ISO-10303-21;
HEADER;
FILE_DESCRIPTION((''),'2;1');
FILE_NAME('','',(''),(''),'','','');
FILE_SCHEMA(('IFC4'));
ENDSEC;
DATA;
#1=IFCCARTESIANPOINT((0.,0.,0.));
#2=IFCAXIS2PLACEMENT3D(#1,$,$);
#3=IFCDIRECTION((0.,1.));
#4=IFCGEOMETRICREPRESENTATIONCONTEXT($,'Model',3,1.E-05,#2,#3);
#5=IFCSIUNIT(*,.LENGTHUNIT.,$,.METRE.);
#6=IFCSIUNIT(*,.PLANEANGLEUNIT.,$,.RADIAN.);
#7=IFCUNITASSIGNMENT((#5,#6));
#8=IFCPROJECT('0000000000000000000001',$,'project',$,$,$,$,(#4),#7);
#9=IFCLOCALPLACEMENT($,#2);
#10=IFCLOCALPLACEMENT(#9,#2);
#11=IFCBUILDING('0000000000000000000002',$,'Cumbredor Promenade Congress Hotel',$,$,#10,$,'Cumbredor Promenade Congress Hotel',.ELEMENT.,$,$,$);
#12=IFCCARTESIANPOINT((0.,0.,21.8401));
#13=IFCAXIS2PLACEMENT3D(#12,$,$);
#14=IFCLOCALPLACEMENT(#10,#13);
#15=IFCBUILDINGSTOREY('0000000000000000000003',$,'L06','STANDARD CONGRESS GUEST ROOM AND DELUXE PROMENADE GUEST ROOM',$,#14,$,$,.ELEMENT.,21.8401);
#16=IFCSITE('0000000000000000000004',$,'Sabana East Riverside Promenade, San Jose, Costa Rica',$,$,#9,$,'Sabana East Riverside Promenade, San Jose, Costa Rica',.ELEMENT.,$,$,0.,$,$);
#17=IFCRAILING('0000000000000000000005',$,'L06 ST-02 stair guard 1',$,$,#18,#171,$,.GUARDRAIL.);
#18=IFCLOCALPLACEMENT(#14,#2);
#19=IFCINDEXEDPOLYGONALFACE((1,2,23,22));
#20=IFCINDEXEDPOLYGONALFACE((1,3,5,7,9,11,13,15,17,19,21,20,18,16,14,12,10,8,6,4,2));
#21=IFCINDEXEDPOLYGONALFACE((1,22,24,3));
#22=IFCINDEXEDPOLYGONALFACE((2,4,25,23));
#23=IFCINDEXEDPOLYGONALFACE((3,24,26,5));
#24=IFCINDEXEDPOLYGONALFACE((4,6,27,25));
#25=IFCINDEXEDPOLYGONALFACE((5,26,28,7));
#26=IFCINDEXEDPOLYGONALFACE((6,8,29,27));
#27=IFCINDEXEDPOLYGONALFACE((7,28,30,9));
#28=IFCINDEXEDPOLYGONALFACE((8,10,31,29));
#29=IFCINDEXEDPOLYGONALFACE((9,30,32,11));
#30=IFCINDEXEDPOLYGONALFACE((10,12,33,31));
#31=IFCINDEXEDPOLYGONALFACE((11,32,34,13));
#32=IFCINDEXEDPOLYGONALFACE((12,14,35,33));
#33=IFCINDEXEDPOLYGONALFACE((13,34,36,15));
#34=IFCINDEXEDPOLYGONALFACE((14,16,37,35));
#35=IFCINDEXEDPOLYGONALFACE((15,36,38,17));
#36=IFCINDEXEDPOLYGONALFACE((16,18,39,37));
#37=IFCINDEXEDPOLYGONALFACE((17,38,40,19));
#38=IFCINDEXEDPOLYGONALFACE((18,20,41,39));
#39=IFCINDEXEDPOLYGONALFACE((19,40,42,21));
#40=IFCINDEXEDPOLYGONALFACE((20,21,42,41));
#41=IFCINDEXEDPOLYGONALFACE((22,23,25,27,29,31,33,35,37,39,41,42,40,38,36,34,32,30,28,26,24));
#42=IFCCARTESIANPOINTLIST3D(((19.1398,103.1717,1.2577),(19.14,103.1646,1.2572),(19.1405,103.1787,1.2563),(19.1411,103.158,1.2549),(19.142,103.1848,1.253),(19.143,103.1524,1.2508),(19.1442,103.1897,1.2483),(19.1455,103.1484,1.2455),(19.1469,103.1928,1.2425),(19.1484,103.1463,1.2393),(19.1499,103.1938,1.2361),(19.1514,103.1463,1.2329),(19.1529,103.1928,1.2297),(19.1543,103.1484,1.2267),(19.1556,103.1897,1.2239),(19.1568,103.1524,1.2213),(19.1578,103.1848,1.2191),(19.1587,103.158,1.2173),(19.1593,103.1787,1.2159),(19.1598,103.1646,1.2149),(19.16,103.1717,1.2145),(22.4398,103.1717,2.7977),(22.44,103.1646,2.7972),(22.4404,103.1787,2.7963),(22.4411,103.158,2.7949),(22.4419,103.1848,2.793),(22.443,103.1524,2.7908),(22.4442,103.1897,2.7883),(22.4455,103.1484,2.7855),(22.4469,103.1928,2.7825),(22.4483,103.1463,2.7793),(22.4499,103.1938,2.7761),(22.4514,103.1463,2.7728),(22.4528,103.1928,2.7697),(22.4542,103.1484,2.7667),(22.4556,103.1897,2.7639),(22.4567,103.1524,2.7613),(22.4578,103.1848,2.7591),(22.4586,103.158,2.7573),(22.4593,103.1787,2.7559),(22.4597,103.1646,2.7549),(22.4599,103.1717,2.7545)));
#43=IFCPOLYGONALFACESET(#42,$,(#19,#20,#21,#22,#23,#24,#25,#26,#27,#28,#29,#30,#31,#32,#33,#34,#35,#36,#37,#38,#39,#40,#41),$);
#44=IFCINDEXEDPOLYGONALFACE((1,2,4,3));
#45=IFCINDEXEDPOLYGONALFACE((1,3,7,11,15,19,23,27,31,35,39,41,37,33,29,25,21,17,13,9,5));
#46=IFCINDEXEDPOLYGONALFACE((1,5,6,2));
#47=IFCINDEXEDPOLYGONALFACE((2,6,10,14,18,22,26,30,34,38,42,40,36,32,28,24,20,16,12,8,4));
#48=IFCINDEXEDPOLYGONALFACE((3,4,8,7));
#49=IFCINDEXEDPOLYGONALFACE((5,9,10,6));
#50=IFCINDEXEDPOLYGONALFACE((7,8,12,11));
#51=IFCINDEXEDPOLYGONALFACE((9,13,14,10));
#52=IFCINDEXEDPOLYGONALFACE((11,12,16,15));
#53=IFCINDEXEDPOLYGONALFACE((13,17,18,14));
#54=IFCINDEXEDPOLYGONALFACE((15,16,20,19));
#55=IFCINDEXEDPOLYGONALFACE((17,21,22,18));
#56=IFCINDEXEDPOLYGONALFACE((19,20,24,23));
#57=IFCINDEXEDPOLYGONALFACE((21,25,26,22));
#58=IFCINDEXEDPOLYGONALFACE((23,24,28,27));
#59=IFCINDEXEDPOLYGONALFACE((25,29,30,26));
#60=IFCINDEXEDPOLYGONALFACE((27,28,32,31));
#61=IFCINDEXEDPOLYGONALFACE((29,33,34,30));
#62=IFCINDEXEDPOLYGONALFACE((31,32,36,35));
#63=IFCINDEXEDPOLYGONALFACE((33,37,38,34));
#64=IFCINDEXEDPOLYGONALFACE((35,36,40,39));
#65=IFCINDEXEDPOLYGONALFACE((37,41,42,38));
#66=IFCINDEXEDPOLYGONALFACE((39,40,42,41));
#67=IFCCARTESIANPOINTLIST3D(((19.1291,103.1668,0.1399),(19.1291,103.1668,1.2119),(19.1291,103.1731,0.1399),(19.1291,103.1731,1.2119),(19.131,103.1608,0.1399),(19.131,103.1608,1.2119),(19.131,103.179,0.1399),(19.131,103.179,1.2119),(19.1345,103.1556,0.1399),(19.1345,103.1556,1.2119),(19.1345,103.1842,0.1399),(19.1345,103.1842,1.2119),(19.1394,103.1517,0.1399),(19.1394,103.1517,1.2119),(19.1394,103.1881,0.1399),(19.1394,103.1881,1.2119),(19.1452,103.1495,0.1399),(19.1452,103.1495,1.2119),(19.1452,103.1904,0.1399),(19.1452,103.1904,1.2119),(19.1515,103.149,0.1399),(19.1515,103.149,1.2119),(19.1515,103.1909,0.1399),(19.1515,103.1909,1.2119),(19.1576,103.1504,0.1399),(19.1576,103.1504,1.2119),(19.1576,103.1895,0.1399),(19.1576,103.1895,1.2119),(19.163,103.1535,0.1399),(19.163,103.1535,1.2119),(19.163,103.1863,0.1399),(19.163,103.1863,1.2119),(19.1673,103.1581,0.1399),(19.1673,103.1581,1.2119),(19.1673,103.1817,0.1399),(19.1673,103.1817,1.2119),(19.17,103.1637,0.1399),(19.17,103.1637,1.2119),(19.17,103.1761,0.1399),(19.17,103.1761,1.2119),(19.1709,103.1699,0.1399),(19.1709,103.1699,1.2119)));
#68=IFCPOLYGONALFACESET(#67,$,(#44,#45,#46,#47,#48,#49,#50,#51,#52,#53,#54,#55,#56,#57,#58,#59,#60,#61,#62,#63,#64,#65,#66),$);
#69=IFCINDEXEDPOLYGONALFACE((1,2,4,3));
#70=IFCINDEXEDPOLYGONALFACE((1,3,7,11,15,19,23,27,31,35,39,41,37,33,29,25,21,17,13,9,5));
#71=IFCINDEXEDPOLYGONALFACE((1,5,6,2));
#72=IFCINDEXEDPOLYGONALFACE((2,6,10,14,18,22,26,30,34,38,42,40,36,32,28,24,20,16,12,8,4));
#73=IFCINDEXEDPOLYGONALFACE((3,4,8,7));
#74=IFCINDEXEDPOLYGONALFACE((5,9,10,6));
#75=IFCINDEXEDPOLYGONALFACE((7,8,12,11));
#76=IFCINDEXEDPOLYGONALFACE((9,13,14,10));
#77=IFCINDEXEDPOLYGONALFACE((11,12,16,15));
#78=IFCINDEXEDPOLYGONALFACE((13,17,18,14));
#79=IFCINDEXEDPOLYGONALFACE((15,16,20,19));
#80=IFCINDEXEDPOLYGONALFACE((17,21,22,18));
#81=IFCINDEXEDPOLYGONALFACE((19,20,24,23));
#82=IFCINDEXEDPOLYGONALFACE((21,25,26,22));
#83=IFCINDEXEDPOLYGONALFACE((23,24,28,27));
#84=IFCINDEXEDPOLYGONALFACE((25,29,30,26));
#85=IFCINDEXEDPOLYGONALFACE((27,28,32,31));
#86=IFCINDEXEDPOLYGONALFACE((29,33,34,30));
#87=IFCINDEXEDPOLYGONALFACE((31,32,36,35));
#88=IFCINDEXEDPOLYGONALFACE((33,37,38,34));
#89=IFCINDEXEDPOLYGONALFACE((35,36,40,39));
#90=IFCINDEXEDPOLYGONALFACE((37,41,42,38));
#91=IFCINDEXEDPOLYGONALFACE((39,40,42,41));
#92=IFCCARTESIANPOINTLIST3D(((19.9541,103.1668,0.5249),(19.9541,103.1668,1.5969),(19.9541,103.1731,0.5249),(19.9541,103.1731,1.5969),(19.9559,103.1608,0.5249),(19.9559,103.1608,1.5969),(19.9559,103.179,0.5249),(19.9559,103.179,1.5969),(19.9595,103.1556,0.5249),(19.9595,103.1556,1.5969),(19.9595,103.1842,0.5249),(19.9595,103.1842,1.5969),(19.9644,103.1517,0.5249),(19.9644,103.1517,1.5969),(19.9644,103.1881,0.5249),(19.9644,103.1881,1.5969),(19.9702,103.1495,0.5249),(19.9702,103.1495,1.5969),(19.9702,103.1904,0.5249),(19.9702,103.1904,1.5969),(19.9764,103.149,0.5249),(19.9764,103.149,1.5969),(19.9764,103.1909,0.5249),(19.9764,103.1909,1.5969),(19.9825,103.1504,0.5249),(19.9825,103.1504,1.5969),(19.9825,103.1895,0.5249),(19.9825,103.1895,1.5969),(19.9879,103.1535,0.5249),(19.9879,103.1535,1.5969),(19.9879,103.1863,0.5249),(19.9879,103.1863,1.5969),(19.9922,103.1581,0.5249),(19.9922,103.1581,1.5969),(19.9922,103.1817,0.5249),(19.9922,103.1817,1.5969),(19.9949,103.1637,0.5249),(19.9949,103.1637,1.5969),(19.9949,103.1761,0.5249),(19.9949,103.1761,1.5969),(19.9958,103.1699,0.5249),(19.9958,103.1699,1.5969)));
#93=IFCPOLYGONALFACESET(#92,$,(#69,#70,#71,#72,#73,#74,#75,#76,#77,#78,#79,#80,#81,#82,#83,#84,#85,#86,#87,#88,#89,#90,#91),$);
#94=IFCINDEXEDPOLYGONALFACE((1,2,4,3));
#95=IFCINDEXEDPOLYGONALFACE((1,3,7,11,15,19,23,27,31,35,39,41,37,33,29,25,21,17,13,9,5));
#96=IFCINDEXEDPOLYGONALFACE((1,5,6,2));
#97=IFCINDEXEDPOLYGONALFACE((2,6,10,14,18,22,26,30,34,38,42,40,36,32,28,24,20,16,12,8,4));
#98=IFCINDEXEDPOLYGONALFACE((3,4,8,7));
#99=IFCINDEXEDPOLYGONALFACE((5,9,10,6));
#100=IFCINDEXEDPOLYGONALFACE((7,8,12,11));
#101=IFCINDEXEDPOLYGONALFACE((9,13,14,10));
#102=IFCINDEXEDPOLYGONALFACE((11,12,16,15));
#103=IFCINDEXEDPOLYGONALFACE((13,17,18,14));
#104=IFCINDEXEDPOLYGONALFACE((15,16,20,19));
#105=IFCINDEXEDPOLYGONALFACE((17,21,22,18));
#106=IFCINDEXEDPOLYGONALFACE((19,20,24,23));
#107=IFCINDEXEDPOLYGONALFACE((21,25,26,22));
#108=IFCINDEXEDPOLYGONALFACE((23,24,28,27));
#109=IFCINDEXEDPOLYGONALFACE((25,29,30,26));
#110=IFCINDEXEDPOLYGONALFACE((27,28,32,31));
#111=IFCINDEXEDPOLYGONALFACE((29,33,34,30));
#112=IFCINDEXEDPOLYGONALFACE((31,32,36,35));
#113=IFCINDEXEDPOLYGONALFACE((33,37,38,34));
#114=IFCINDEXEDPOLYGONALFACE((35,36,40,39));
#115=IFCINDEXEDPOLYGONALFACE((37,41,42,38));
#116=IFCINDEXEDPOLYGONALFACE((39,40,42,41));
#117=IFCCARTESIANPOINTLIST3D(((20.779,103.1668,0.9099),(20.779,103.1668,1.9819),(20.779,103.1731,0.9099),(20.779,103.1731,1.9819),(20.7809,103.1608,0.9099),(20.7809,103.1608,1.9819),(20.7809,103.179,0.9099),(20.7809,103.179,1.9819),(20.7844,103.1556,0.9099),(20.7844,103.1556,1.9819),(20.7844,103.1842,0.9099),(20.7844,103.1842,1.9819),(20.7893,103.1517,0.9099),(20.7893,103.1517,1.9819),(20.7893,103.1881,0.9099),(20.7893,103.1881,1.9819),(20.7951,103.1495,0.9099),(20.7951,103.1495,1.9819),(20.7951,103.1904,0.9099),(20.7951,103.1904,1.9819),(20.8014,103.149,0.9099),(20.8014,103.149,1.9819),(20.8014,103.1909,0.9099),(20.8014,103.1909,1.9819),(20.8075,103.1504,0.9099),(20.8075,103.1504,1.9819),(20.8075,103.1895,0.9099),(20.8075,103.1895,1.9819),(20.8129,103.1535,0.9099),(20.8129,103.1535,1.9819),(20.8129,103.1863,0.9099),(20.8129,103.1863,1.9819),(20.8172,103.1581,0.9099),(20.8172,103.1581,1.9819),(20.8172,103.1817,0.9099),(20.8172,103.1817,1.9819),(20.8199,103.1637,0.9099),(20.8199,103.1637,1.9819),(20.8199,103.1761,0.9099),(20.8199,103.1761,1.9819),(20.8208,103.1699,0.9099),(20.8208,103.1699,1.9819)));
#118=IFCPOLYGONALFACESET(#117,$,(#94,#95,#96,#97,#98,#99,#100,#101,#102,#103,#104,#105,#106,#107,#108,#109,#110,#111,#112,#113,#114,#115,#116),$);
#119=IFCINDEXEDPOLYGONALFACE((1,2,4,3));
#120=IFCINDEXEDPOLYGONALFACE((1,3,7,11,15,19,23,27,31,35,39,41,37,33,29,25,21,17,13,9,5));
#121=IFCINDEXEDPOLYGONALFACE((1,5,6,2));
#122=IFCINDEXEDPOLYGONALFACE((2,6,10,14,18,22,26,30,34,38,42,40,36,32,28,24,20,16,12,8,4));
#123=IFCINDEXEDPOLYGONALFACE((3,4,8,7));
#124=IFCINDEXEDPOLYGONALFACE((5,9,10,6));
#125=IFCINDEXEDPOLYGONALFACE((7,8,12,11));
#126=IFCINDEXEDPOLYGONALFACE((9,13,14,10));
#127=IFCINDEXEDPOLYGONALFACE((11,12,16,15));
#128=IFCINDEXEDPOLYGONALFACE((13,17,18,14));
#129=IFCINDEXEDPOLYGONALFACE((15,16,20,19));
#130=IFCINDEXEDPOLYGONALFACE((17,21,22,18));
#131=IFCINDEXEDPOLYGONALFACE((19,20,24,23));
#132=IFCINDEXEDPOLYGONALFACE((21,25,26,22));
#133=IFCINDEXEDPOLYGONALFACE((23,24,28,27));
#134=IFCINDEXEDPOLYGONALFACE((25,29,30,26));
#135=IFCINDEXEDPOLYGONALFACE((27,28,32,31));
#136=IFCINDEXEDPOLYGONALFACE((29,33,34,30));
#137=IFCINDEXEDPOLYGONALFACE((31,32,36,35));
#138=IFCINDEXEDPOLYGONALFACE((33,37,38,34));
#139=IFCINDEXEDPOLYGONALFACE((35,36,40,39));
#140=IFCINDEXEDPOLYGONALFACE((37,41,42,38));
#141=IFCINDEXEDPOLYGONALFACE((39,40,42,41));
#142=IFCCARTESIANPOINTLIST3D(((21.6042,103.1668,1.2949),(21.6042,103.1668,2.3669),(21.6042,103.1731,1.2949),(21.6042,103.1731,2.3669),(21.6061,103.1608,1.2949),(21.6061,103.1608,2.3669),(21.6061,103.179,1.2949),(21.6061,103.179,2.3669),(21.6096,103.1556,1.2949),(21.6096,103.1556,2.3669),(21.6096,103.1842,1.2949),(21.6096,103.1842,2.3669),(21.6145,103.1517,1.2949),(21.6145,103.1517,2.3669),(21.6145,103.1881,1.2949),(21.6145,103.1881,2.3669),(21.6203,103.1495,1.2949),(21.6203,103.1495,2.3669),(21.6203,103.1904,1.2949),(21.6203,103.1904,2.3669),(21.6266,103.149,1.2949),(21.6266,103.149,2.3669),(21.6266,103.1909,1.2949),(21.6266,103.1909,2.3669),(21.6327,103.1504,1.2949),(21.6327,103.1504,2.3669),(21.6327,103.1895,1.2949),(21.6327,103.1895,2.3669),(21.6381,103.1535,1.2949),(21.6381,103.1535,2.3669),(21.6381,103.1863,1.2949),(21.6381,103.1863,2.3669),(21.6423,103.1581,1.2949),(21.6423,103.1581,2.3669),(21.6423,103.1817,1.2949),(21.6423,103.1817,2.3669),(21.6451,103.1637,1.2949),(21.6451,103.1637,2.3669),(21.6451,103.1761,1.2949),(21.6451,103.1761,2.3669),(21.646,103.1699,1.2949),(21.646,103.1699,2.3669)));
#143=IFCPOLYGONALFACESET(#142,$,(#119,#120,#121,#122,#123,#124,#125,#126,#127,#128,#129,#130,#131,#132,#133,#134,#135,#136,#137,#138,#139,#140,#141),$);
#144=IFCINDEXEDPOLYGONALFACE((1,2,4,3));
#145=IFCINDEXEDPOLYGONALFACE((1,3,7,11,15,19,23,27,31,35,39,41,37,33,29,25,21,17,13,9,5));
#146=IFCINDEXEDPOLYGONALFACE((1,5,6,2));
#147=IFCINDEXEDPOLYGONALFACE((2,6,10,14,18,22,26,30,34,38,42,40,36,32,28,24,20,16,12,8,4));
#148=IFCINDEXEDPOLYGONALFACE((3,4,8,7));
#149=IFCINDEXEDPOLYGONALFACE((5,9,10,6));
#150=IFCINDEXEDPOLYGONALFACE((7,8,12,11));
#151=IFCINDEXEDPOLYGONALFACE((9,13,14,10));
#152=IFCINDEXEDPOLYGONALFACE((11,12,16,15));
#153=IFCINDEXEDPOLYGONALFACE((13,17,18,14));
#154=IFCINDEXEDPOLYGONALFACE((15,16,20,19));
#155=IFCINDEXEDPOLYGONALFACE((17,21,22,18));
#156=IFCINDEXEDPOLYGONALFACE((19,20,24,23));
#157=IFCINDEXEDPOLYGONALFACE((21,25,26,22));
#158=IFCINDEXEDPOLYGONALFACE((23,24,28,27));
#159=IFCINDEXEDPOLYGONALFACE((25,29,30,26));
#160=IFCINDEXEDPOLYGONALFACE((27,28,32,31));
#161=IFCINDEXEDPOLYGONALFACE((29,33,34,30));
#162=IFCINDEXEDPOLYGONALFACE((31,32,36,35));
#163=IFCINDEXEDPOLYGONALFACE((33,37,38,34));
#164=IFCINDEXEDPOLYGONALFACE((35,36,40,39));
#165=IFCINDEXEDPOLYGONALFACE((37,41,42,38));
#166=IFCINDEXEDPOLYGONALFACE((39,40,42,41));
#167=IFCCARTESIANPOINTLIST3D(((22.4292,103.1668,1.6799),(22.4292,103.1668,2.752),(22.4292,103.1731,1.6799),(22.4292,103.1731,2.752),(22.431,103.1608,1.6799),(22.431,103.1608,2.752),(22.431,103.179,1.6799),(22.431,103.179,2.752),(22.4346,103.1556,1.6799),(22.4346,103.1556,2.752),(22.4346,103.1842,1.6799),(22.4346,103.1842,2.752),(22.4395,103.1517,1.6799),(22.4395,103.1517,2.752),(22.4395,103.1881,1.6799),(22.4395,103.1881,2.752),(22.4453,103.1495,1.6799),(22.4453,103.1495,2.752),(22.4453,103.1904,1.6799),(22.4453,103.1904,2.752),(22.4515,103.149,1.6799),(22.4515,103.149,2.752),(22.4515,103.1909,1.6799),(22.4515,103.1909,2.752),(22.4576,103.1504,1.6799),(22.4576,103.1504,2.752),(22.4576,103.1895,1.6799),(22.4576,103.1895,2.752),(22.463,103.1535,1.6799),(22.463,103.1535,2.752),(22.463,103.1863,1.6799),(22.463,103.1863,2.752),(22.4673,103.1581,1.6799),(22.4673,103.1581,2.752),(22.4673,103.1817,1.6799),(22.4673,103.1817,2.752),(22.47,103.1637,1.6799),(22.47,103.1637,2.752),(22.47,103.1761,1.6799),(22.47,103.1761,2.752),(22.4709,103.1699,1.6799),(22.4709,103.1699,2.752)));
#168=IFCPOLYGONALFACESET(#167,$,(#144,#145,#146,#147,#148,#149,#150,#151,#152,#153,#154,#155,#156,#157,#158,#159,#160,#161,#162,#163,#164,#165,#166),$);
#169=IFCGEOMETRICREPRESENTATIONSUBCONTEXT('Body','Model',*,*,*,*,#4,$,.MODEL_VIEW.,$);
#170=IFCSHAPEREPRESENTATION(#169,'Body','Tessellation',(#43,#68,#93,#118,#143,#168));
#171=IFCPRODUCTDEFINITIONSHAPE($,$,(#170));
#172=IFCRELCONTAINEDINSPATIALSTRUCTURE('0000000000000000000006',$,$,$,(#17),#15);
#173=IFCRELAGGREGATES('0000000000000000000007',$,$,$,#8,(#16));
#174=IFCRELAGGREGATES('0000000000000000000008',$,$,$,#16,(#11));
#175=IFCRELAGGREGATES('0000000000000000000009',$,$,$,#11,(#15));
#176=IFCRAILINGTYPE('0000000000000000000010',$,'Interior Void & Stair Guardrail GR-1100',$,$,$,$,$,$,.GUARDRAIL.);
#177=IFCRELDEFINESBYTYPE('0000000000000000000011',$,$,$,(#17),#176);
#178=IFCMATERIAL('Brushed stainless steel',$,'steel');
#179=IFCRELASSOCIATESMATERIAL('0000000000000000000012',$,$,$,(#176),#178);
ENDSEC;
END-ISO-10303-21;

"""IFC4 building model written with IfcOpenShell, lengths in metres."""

from ifc_helpers import new_model, si_unit, direction, frame, origin, origin_2d, place, context, subcontext, project, spatial, circle, extrude, material, type_object, element, save


model = new_model("IFC4")

# Units and contexts
model_context = context("Model", 3, precision=1e-05, world=origin(), true_north=direction((0.0, 1.0)))
body_context = subcontext(model_context, "Body", "Model", "MODEL_VIEW")
ifc_project = project(units=[si_unit("LENGTHUNIT", "METRE"), si_unit("PLANEANGLEUNIT", "RADIAN")], contexts=[model_context])

# Site, building, storey
site_placement = place(None, origin())
site = spatial("IfcSite", under=ifc_project, at=site_placement, Name="Sabana East Riverside Promenade, San Jose, Costa Rica", LongName="Sabana East Riverside Promenade, San Jose, Costa Rica", CompositionType="ELEMENT", RefElevation=0.0)
building_placement = place(site_placement, origin())
building = spatial("IfcBuilding", under=site, at=building_placement, Name="Cumbredor Promenade Congress Hotel", LongName="Cumbredor Promenade Congress Hotel", CompositionType="ELEMENT")
storey_placement = place(building_placement, frame((0.0, 0.0, 21.8401)))
storey = spatial("IfcBuildingStorey", under=building, at=storey_placement, Name="L06", Description="STANDARD CONGRESS GUEST ROOM AND DELUXE PROMENADE GUEST ROOM", CompositionType="ELEMENT", Elevation=21.8401)

# Railing
ifc_material_1 = material(Name="Brushed stainless steel", Category="steel")
railing_type_1 = type_object("IfcRailingType", Name="Interior Void & Stair Guardrail GR-1100", PredefinedType="GUARDRAIL", material=ifc_material_1)
railing_1_placement = place(storey_placement, frame((19.1499, 103.1699, 0.1399)))
element("IfcRailing", 1, at=railing_1_placement, inside=storey, type_object=railing_type_1, Name="L06 ST-02 stair guard 1", PredefinedType="GUARDRAIL", context=body_context, shape_type="SweptSolid", body=[
    extrude(circle(Radius=0.0239, at=origin_2d()), frame((0.0, 0.0, 1.0962), z_axis=(0.906181, 0.0, 0.422889), x_axis=(0.0, 1.0, 0.0)), (0.0, 0.0, 1.0), 3.6416),
    extrude(circle(Radius=0.021, at=origin_2d()), origin(), (0.0, 0.0, 1.0), 1.072),
    extrude(circle(Radius=0.021, at=origin_2d()), frame((0.825, 0.0, 0.385)), (0.0, 0.0, 1.0), 1.072),
    extrude(circle(Radius=0.021, at=origin_2d()), frame((1.6499, 0.0, 0.77)), (0.0, 0.0, 1.0), 1.072),
    extrude(circle(Radius=0.021, at=origin_2d()), frame((2.4751, 0.0, 1.155)), (0.0, 0.0, 1.0), 1.072),
    extrude(circle(Radius=0.021, at=origin_2d()), frame((3.3, 0.0, 1.54)), (0.0, 0.0, 1.0), 1.072),
])

save(model, "model.ifc")
